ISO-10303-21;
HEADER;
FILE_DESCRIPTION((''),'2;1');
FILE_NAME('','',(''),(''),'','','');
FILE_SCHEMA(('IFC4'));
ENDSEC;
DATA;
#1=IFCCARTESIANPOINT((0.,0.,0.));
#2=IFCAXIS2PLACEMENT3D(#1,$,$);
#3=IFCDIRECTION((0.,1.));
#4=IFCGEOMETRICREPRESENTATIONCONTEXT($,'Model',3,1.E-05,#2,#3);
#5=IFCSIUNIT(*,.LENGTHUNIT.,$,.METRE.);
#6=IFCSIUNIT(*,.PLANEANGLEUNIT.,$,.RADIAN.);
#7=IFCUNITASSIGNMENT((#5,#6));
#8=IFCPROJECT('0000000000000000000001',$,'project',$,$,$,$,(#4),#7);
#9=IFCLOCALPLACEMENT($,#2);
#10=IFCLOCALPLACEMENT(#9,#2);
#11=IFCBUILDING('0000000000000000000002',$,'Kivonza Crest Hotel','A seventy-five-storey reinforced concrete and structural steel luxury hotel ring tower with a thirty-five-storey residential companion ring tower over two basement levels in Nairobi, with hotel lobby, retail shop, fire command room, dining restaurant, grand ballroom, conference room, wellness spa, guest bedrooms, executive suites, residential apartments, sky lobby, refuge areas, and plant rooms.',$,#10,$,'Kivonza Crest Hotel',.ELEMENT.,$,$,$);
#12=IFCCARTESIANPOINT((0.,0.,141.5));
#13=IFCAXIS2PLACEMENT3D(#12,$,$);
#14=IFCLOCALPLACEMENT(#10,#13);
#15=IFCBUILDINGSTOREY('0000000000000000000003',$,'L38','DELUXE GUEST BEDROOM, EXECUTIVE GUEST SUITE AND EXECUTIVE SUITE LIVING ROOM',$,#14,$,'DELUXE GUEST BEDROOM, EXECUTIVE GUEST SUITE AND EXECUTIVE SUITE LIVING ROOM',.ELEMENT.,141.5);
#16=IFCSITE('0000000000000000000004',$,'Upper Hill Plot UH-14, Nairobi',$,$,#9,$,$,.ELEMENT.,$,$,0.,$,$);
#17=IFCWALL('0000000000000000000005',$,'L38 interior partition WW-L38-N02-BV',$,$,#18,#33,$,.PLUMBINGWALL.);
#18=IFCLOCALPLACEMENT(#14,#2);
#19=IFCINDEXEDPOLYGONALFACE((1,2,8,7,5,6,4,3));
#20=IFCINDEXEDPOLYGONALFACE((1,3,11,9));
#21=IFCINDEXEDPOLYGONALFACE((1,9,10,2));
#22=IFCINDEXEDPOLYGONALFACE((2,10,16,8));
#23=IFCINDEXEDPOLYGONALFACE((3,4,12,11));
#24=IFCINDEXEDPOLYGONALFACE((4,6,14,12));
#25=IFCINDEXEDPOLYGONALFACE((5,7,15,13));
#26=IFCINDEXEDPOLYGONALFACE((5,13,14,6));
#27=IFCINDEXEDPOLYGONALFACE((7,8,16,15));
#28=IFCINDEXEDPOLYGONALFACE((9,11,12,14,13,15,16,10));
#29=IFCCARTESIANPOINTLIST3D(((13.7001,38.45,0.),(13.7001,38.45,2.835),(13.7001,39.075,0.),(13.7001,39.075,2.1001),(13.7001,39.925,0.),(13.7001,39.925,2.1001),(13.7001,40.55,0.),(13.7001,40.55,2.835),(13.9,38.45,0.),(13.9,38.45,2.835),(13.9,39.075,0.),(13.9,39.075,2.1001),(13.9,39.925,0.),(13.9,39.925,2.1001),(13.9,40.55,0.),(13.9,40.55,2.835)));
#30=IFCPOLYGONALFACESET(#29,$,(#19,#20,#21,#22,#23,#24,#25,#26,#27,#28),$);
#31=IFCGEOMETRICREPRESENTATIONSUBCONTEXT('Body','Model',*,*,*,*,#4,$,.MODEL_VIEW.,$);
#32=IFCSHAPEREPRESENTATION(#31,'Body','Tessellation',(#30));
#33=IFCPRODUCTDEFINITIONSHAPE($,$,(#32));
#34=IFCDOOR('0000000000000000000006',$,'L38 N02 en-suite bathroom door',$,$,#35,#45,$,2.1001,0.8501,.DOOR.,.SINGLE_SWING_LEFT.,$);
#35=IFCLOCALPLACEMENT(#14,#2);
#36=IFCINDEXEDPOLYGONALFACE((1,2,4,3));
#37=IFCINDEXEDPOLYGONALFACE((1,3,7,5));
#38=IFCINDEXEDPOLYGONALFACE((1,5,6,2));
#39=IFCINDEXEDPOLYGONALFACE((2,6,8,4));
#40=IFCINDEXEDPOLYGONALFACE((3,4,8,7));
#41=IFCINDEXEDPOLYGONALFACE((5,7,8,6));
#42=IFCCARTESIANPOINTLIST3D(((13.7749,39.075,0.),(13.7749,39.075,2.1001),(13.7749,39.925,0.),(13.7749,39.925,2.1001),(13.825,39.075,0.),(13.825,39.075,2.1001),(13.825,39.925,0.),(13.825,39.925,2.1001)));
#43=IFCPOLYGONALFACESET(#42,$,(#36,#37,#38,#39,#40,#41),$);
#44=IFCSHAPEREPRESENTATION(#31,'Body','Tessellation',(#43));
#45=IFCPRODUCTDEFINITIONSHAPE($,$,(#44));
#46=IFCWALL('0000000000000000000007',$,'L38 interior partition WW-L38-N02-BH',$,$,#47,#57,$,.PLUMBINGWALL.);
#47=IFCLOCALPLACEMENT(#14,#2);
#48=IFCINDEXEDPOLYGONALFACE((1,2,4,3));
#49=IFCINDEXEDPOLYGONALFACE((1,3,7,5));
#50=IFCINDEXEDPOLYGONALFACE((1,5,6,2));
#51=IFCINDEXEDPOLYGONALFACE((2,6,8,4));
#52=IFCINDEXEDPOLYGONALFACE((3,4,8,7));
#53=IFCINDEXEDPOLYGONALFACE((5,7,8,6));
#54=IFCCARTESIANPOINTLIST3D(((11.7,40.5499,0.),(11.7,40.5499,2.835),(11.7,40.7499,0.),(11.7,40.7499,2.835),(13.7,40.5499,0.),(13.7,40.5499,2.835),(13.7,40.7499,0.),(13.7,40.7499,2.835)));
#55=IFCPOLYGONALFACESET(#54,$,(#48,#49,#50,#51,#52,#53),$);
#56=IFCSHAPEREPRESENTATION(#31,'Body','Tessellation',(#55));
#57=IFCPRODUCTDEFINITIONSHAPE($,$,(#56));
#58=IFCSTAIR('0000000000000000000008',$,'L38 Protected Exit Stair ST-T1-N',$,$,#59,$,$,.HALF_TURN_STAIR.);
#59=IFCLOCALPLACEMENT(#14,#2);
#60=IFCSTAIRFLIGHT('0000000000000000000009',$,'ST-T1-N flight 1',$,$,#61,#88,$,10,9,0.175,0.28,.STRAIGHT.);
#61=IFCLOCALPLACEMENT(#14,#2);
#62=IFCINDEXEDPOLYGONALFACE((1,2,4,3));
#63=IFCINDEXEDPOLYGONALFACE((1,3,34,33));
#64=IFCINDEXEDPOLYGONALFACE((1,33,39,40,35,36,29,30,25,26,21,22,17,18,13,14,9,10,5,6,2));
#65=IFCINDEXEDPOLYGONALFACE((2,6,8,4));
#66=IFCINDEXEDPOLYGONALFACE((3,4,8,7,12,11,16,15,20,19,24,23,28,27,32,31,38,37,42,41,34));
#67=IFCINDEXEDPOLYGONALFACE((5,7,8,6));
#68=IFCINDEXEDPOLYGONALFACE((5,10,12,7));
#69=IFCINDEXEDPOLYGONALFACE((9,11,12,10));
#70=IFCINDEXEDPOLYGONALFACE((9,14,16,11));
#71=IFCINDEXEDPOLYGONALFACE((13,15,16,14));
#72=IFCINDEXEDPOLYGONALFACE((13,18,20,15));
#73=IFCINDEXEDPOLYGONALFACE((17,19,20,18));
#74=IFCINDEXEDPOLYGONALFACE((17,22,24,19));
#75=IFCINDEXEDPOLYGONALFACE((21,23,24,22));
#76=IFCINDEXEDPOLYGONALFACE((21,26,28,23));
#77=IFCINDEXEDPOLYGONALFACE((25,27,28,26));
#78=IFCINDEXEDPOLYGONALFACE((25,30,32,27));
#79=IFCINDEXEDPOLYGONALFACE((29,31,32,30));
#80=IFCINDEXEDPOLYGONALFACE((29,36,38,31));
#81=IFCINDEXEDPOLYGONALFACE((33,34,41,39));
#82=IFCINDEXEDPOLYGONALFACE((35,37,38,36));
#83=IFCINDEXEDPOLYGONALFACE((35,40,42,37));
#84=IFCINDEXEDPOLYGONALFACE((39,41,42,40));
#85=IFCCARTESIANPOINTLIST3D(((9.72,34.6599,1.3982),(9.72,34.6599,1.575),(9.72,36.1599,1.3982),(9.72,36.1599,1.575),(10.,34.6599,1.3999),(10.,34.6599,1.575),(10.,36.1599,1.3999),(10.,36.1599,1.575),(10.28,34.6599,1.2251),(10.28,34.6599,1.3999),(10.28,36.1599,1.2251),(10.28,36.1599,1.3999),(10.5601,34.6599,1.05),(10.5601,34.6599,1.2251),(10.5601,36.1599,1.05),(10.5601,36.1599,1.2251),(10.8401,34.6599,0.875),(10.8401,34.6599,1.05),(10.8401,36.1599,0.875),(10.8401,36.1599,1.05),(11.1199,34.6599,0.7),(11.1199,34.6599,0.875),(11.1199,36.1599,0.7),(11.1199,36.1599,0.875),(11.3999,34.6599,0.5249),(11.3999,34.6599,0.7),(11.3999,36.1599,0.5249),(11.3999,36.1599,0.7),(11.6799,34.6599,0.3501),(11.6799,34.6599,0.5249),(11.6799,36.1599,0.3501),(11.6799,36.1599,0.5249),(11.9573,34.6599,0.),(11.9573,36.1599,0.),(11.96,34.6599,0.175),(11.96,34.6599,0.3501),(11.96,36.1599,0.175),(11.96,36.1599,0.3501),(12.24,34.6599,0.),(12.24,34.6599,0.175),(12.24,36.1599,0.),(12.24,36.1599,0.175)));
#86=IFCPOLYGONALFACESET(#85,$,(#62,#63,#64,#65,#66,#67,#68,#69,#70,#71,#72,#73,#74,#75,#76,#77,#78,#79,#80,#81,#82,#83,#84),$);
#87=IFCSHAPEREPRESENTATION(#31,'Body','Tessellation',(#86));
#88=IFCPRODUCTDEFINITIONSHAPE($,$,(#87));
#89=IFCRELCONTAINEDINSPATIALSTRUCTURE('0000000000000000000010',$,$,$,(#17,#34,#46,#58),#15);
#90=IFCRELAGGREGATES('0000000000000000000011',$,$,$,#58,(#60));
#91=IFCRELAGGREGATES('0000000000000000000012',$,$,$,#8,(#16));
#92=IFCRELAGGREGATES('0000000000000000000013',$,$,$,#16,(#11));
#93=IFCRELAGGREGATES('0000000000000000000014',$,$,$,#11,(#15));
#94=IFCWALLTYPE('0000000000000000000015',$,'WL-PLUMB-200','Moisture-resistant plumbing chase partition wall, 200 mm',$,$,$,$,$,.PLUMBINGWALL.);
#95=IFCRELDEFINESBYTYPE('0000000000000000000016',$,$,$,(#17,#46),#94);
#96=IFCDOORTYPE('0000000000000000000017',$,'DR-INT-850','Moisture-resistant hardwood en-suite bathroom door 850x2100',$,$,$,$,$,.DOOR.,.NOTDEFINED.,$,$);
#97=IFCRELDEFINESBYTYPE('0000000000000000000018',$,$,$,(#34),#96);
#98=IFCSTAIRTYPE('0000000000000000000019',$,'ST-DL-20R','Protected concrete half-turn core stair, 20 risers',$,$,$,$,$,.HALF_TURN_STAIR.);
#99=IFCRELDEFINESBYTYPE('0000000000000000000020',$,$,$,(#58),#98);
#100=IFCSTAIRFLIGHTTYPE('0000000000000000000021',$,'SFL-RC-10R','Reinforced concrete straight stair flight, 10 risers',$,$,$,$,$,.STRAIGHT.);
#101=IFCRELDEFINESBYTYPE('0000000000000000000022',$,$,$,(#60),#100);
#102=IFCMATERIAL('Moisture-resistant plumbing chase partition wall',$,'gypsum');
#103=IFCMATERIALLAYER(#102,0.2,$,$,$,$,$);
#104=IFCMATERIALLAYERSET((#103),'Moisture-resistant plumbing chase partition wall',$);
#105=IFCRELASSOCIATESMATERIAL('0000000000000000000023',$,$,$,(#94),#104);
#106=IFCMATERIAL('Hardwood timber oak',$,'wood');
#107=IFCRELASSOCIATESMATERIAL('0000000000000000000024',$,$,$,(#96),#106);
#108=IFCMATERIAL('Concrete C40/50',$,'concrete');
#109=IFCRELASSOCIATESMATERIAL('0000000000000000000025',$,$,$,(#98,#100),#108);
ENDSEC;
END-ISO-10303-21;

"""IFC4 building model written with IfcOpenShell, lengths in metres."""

from ifc_helpers import new_model, si_unit, direction, frame, frame_2d, origin, place, context, subcontext, project, spatial, polyline, rectangle, outline, extrude, material, layer, layer_set, type_object, element, fill, aggregate, save


model = new_model("IFC4")

# Units and contexts
model_context = context("Model", 3, precision=1e-05, world=origin(), true_north=direction((0.0, 1.0)))
body_context = subcontext(model_context, "Body", "Model", "MODEL_VIEW")
ifc_project = project(units=[si_unit("LENGTHUNIT", "METRE"), si_unit("PLANEANGLEUNIT", "RADIAN")], contexts=[model_context])

# Site, building, storey
site_placement = place(None, origin())
site = spatial("IfcSite", under=ifc_project, at=site_placement, Name="Upper Hill Plot UH-14, Nairobi", CompositionType="ELEMENT", RefElevation=0.0)
building_placement = place(site_placement, origin())
building = spatial("IfcBuilding", under=site, at=building_placement, Name="Kivonza Crest Hotel", Description="A seventy-five-storey reinforced concrete and structural steel luxury hotel ring tower with a thirty-five-storey residential companion ring tower over two basement levels in Nairobi, with hotel lobby, retail shop, fire command room, dining restaurant, grand ballroom, conference room, wellness spa, guest bedrooms, executive suites, residential apartments, sky lobby, refuge areas, and plant rooms.", LongName="Kivonza Crest Hotel", CompositionType="ELEMENT")
storey_placement = place(building_placement, frame((0.0, 0.0, 141.5)))
storey = spatial("IfcBuildingStorey", under=building, at=storey_placement, Name="L38", Description="DELUXE GUEST BEDROOM, EXECUTIVE GUEST SUITE AND EXECUTIVE SUITE LIVING ROOM", LongName="DELUXE GUEST BEDROOM, EXECUTIVE GUEST SUITE AND EXECUTIVE SUITE LIVING ROOM", CompositionType="ELEMENT", Elevation=141.5)

# Shared definitions
ifc_material_1 = material(Name="Hardwood timber oak", Category="wood")

# Wall, opening, door
ifc_material_2 = material(Name="Moisture-resistant plumbing chase partition wall", Category="gypsum")
ifc_layer_1 = layer(ifc_material_2, 0.2)
ifc_layer_set_1 = layer_set([ifc_layer_1], Name="Moisture-resistant plumbing chase partition wall")
wall_type_1 = type_object("IfcWallType", Name="WL-PLUMB-200", Description="Moisture-resistant plumbing chase partition wall, 200 mm", PredefinedType="PLUMBINGWALL", material=ifc_layer_set_1)
wall_1_placement = place(storey_placement, frame((13.8, 38.45, 0.0), z_axis=(0.0, 0.0, 1.0), x_axis=(0.0, 1.0, 0.0)))
wall_1 = element("IfcWall", 1, at=wall_1_placement, inside=storey, type_object=wall_type_1, Name="L38 interior partition WW-L38-N02-BV", PredefinedType="PLUMBINGWALL", context=body_context, shape_type="SweptSolid", body=[
    extrude(rectangle(XDim=2.1001, YDim=0.2, at=frame_2d((1.05, 0.0))), origin(), (0.0, 0.0, 1.0), 2.835),
])
opening_1_placement = place(wall_1_placement, frame((0.625, 0.0, 0.0)))
opening_1 = element("IfcOpeningElement", 2, at=opening_1_placement, cuts=wall_1, PredefinedType="OPENING", context=body_context, shape_type="SweptSolid", body=[
    extrude(rectangle(XDim=0.8501, YDim=2.1001, at=frame_2d((0.425, 1.05))), frame((0.0, 0.1099, 0.0), z_axis=(0.0, -1.0, 0.0), x_axis=(1.0, 0.0, 0.0)), (0.0, 0.0, 1.0), 0.22),
])
door_type_1 = type_object("IfcDoorType", Name="DR-INT-850", Description="Moisture-resistant hardwood en-suite bathroom door 850x2100", OperationType="NOTDEFINED", PredefinedType="DOOR", material=ifc_material_1)
door_1_placement = place(opening_1_placement, frame((0.8501, 0.0, 0.0), z_axis=(0.0, 0.0, 1.0), x_axis=(-1.0, 0.0, 0.0)))
door_1 = element("IfcDoor", 3, at=door_1_placement, inside=storey, type_object=door_type_1, Name="L38 N02 en-suite bathroom door", OperationType="SINGLE_SWING_LEFT", OverallHeight=2.1001, OverallWidth=0.8501, PredefinedType="DOOR", context=body_context, shape_type="SweptSolid", body=[
    extrude(rectangle(XDim=0.8501, YDim=2.1001, at=frame_2d((0.425, 1.05))), frame((0.0, 0.0249, 0.0), z_axis=(0.0, -1.0, 0.0), x_axis=(1.0, 0.0, 0.0)), (0.0, 0.0, 1.0), 0.05),
])
fill(opening_1, door_1)

# Wall
wall_2_placement = place(storey_placement, frame((11.7, 40.6499, 0.0), z_axis=(0.0, 0.0, 1.0), x_axis=(1.0, 0.0, 0.0)))
element("IfcWall", 4, at=wall_2_placement, inside=storey, type_object=wall_type_1, Name="L38 interior partition WW-L38-N02-BH", PredefinedType="PLUMBINGWALL", context=body_context, shape_type="SweptSolid", body=[
    extrude(rectangle(XDim=2.0, YDim=0.2, at=frame_2d((1.0, 0.0))), origin(), (0.0, 0.0, 1.0), 2.835),
])

# Stair, stair flight
ifc_material_3 = material(Name="Concrete C40/50", Category="concrete")
stair_type = type_object("IfcStairType", Name="ST-DL-20R", Description="Protected concrete half-turn core stair, 20 risers", PredefinedType="HALF_TURN_STAIR", material=ifc_material_3)
stair_placement = place(storey_placement, origin())
stair = element("IfcStair", 5, at=stair_placement, inside=storey, type_object=stair_type, Name="L38 Protected Exit Stair ST-T1-N", PredefinedType="HALF_TURN_STAIR")
stair_flight_type = type_object("IfcStairFlightType", Name="SFL-RC-10R", Description="Reinforced concrete straight stair flight, 10 risers", PredefinedType="STRAIGHT", material=ifc_material_3)
stair_flight_placement = place(storey_placement, frame((12.24, 35.4099, 0.0), z_axis=(0.0, 0.0, 1.0), x_axis=(-1.0, 0.0, 0.0)))
stair_flight = element("IfcStairFlight", 6, at=stair_flight_placement, type_object=stair_flight_type, Name="ST-T1-N flight 1", NumberOfRisers=10, NumberOfTreads=9, PredefinedType="STRAIGHT", RiserHeight=0.175, TreadLength=0.28, context=body_context, shape_type="SweptSolid", body=[
    extrude(outline(polyline([(0.0, 0.0), (0.0, 0.175), (0.28, 0.175), (0.28, 0.3501), (0.5601, 0.3501), (0.5601, 0.5249), (0.8401, 0.5249), (0.8401, 0.7), (1.1201, 0.7), (1.1201, 0.875), (1.3999, 0.875), (1.3999, 1.05), (1.6799, 1.05), (1.6799, 1.2251), (1.96, 1.2251), (1.96, 1.3999), (2.24, 1.3999), (2.24, 1.575), (2.52, 1.575), (2.52, 1.75), (2.52, 1.3982), (0.2827, 0.0), (0.0, 0.0)])), frame((0.0, 0.75, 0.0), z_axis=(0.0, -1.0, 0.0), x_axis=(1.0, 0.0, 0.0)), (0.0, 0.0, 1.0), 1.5),
])
aggregate(stair, [stair_flight])

save(model, "model.ifc")
